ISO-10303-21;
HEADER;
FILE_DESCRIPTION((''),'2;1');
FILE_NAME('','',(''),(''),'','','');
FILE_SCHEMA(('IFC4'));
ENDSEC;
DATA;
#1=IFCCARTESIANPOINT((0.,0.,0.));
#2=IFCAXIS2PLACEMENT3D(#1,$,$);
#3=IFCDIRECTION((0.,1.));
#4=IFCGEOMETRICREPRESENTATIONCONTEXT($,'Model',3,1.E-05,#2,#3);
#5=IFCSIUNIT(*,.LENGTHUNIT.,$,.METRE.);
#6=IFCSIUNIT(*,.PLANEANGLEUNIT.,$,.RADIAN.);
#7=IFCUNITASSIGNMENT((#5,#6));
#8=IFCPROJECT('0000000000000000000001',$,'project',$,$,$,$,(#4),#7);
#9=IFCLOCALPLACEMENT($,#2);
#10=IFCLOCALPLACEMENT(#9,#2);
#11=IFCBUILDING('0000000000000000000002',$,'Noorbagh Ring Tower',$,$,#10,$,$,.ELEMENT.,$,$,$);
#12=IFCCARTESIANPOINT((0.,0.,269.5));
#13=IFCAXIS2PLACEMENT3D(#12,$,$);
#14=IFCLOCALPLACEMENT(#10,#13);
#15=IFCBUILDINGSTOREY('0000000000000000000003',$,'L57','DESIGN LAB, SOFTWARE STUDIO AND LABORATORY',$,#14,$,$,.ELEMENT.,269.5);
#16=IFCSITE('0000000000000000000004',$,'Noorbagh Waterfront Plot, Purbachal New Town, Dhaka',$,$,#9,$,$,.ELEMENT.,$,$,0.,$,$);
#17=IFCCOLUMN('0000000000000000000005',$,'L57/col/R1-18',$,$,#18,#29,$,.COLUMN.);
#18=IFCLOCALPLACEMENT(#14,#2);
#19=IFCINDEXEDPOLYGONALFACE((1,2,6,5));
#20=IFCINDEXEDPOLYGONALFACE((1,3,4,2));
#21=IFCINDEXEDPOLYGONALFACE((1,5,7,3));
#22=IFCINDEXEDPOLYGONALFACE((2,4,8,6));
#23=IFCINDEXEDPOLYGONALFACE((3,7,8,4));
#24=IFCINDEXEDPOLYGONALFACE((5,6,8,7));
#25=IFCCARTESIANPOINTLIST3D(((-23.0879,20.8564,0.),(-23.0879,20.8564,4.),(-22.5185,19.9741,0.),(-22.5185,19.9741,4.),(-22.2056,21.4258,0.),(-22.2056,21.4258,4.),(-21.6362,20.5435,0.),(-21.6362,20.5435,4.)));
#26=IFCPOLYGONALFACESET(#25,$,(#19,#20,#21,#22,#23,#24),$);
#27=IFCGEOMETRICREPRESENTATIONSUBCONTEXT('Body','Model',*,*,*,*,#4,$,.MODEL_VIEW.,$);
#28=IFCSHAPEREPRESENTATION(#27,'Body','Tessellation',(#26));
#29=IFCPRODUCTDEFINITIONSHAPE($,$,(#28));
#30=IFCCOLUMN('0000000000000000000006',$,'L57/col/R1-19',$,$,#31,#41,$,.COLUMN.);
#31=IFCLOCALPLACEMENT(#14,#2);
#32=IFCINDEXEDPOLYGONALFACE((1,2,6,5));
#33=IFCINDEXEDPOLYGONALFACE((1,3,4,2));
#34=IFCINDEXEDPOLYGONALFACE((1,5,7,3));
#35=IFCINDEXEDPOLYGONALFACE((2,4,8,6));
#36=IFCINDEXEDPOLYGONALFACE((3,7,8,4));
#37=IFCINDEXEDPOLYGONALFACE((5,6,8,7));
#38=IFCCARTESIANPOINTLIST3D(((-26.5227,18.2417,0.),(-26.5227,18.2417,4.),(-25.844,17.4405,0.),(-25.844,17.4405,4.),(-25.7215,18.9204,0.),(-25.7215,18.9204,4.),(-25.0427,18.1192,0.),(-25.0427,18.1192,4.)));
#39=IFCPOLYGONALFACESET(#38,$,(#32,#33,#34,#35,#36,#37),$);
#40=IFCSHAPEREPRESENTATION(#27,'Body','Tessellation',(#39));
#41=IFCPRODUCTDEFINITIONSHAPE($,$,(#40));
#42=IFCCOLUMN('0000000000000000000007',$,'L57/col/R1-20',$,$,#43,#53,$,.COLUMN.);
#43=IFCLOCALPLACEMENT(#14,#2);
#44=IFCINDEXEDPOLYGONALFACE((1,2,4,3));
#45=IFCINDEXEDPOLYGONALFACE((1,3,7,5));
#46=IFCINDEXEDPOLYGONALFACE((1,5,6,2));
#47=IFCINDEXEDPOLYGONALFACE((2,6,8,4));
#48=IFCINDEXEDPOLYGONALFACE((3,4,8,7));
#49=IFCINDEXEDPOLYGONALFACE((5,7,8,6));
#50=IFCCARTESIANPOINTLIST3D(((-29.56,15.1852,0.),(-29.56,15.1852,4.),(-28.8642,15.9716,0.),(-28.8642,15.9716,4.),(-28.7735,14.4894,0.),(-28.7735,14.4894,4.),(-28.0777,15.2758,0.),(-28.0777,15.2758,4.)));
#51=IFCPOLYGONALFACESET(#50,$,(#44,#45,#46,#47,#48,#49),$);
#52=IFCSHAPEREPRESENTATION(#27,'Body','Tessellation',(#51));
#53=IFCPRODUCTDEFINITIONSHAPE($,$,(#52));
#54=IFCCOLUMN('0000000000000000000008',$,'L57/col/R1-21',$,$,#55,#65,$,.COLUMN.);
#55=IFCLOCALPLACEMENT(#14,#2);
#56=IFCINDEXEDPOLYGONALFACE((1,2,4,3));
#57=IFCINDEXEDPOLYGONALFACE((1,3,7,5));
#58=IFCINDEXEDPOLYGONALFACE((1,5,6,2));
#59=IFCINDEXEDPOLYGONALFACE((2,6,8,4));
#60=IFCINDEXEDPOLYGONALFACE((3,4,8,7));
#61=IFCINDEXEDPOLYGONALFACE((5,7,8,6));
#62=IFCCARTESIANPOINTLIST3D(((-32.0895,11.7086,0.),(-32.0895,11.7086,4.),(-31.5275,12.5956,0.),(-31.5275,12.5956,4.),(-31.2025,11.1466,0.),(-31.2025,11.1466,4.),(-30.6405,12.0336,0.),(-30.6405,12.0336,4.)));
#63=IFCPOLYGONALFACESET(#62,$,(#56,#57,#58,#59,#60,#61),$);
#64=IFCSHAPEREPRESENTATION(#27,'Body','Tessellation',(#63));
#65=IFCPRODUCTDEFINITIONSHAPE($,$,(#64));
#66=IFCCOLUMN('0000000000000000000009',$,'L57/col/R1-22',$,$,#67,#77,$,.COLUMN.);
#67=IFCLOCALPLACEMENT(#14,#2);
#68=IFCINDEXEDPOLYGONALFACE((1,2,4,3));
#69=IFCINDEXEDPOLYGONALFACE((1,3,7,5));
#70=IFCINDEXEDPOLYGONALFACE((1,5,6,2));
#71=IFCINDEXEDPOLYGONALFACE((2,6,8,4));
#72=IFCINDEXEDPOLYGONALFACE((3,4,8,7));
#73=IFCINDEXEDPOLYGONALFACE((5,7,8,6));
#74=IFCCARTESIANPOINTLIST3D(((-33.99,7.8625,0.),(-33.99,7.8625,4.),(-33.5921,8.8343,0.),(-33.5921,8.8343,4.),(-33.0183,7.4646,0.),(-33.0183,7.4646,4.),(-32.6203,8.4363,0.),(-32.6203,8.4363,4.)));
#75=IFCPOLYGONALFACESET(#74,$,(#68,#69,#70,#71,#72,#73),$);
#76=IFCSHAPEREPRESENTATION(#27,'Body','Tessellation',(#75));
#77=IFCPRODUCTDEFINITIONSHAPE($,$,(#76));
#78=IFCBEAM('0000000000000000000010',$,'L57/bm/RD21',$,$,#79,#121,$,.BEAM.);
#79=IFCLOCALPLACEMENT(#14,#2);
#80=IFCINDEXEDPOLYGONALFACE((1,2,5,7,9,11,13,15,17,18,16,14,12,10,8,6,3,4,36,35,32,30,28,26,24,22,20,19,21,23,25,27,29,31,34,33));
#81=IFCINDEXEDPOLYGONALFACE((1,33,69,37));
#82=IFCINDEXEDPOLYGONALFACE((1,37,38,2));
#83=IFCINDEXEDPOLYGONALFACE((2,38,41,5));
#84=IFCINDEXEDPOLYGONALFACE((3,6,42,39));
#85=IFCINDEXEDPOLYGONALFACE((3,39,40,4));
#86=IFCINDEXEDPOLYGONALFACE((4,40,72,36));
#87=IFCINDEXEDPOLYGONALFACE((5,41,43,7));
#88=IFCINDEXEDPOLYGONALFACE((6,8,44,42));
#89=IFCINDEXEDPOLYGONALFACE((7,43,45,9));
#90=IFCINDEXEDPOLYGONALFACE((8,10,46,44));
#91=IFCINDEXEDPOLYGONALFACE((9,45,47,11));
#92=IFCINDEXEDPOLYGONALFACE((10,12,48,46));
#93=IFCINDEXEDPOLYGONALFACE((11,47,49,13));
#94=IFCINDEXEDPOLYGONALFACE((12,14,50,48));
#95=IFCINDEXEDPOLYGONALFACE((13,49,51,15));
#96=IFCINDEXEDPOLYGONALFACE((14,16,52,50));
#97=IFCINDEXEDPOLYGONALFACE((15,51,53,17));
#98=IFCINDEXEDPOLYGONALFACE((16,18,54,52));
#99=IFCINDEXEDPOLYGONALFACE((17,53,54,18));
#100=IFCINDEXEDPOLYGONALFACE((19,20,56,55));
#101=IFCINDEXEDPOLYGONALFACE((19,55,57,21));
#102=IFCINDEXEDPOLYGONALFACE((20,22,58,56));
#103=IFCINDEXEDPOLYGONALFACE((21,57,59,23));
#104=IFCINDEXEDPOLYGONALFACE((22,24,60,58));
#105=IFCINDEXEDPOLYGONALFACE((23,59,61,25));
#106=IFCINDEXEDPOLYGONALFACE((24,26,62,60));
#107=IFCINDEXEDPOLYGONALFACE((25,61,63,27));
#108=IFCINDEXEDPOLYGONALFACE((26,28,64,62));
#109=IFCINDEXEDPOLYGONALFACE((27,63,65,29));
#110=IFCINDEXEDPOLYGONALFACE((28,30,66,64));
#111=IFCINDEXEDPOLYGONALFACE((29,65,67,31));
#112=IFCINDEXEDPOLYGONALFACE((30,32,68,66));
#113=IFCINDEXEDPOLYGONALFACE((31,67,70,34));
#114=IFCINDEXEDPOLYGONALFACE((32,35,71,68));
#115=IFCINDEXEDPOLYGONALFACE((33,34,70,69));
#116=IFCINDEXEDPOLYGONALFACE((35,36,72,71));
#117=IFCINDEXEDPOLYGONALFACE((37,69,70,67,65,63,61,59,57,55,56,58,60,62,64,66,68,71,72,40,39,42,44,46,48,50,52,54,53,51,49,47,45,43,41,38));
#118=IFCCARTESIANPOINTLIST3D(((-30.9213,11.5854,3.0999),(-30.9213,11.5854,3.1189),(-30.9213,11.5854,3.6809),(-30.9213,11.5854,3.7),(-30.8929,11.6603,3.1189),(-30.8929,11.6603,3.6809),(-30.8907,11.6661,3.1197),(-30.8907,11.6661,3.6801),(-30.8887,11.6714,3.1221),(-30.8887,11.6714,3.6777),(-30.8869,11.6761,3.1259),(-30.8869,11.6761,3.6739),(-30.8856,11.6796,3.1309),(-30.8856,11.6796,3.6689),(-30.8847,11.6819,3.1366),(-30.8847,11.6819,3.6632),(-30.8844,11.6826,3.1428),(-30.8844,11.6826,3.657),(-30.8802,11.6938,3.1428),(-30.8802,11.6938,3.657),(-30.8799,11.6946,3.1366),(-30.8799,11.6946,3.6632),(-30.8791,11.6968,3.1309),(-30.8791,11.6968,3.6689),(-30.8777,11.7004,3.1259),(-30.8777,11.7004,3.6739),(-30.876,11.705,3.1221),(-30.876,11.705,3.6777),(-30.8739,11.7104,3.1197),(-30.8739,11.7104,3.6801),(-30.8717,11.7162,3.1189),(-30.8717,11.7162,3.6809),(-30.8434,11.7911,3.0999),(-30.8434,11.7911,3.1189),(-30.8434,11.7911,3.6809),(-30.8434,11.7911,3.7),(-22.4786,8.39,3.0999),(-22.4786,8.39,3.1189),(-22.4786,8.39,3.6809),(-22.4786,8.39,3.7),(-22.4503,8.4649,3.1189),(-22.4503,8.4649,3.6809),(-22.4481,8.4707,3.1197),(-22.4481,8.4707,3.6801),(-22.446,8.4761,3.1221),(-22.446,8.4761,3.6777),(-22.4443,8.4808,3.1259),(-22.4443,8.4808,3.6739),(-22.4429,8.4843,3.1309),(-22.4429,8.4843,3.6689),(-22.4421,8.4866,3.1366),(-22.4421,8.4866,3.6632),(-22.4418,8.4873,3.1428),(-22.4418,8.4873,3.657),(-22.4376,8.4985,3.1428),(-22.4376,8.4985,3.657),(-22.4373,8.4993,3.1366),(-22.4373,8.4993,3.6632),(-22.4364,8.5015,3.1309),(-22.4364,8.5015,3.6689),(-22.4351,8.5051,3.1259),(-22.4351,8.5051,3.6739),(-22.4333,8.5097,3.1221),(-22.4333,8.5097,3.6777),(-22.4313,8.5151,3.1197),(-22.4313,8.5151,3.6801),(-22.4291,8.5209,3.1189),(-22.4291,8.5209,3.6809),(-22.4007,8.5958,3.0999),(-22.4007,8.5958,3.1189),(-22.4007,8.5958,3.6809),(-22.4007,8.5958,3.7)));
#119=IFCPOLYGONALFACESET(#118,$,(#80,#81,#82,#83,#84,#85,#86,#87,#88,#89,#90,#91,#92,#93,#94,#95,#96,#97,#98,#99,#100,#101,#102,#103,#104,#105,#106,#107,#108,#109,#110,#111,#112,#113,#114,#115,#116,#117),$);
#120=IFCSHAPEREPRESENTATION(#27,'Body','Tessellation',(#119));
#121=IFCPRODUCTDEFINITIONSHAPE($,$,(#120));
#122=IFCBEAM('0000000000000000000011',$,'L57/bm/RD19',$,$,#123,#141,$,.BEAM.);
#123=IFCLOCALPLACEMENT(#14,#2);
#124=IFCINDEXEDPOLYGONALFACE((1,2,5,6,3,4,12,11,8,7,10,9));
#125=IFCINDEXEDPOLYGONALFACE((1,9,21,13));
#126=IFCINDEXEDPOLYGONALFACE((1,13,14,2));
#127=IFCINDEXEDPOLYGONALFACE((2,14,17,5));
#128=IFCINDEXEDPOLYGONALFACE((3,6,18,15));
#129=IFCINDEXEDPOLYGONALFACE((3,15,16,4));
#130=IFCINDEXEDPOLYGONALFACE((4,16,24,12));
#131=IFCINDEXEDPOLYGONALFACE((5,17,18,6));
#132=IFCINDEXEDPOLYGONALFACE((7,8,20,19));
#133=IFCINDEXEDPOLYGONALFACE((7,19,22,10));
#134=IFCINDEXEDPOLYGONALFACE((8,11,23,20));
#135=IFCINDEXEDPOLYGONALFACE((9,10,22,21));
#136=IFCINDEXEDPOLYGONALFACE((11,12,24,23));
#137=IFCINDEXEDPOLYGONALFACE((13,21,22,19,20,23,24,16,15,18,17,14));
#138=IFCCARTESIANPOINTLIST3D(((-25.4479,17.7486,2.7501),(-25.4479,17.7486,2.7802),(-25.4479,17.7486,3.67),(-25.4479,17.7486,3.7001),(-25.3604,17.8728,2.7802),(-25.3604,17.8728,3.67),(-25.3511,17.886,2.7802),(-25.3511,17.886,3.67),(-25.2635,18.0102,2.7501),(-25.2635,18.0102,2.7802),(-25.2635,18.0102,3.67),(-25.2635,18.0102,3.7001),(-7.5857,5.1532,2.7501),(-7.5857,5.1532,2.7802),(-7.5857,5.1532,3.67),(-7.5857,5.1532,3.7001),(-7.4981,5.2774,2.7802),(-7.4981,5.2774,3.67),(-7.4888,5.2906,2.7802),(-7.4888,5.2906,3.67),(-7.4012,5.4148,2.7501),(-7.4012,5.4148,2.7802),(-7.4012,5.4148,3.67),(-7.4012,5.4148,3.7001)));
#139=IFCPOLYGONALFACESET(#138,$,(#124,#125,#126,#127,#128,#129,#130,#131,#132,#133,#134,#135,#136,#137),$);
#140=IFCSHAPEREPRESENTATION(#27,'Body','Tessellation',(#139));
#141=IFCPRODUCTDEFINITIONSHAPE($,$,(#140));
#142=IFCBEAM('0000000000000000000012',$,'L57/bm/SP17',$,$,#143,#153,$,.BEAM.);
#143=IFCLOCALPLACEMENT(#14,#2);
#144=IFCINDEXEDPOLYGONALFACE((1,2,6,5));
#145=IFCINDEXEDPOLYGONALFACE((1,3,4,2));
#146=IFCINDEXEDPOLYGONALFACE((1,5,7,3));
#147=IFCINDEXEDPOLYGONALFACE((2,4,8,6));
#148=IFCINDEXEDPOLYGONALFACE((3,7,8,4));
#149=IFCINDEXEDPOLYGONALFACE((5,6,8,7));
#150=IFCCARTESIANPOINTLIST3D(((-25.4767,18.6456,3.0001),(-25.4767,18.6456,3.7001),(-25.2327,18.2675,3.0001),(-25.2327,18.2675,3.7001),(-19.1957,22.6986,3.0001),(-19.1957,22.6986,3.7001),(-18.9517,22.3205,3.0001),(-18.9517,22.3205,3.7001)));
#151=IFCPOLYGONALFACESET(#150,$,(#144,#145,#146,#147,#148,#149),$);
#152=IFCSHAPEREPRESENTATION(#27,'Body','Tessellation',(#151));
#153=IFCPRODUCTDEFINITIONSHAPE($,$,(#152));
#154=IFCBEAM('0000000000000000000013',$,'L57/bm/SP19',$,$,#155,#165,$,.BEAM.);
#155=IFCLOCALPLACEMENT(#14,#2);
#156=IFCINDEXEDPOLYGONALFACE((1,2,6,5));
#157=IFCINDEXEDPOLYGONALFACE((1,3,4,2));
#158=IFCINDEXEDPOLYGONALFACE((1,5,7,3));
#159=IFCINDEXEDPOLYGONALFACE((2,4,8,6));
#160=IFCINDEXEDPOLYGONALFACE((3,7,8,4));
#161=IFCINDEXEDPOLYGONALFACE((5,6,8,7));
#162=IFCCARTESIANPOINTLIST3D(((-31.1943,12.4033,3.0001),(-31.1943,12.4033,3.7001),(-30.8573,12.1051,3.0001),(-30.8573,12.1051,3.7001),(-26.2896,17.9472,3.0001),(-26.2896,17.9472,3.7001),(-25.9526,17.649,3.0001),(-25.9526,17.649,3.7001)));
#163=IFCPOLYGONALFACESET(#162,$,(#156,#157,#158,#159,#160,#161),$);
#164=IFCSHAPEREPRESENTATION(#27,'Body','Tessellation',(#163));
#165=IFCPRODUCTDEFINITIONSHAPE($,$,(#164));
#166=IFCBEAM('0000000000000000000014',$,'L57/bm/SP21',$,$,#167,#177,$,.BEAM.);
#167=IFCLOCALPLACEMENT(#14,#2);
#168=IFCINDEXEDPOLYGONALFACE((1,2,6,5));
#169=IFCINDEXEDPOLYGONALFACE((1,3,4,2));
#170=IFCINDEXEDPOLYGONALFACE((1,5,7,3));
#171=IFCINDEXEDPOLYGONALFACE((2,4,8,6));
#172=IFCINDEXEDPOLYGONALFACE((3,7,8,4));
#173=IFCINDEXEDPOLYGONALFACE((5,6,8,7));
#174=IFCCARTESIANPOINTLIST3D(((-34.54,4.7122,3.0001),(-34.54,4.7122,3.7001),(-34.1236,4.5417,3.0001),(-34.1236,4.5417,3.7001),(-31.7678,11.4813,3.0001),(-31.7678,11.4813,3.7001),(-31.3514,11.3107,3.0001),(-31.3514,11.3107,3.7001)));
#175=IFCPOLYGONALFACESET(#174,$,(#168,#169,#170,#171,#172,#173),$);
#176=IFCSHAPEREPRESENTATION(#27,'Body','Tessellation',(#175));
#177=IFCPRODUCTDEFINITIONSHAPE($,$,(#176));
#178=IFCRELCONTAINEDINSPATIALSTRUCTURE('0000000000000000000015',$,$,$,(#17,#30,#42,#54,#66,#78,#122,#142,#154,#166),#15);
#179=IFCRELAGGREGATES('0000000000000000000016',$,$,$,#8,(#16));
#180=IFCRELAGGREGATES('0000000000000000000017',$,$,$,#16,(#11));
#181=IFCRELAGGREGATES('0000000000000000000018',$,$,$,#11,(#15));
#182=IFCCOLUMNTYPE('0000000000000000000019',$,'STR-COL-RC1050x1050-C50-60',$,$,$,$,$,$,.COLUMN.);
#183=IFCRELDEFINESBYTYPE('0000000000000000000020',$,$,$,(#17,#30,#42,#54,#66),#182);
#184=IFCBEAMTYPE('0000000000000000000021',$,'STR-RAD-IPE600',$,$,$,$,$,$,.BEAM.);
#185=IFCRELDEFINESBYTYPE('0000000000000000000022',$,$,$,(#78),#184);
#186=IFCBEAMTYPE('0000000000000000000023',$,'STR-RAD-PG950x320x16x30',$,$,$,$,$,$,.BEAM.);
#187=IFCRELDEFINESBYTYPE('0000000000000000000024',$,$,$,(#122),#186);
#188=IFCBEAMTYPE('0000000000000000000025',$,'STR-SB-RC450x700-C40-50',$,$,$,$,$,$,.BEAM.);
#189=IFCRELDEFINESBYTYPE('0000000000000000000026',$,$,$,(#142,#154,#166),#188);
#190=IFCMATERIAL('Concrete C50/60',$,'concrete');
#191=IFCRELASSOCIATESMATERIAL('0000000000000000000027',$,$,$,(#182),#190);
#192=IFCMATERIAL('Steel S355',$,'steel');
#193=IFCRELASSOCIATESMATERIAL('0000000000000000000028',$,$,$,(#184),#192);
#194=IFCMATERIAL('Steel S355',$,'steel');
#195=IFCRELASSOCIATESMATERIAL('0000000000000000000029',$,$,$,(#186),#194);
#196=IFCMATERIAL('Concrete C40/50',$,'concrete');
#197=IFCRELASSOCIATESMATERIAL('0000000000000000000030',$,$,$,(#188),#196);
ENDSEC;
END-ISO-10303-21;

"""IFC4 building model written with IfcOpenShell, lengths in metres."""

from ifc_helpers import new_model, si_unit, direction, frame, origin, origin_2d, place, context, subcontext, project, spatial, rectangle, i_section, extrude, material, material_profile, profile_set, type_object, element, save


model = new_model("IFC4")

# Units and contexts
model_context = context("Model", 3, precision=1e-05, world=origin(), true_north=direction((0.0, 1.0)))
body_context = subcontext(model_context, "Body", "Model", "MODEL_VIEW")
ifc_project = project(units=[si_unit("LENGTHUNIT", "METRE"), si_unit("PLANEANGLEUNIT", "RADIAN")], contexts=[model_context])

# Site, building, storey
site_placement = place(None, origin())
site = spatial("IfcSite", under=ifc_project, at=site_placement, Name="Noorbagh Waterfront Plot, Purbachal New Town, Dhaka", CompositionType="ELEMENT", RefElevation=0.0)
building_placement = place(site_placement, origin())
building = spatial("IfcBuilding", under=site, at=building_placement, Name="Noorbagh Ring Tower", CompositionType="ELEMENT")
storey_placement = place(building_placement, frame((0.0, 0.0, 269.5)))
storey = spatial("IfcBuildingStorey", under=building, at=storey_placement, Name="L57", Description="DESIGN LAB, SOFTWARE STUDIO AND LABORATORY", CompositionType="ELEMENT", Elevation=269.5)

# Columns
ifc_material_1 = material(Name="Concrete C50/60", Category="concrete")
ifc_material_profile_1 = material_profile(ifc_material_1, rectangle(XDim=1.05, YDim=1.05, at=origin_2d()), Name="RC1050x1050")
ifc_profile_set_1 = profile_set([ifc_material_profile_1], Name="Concrete C50/60")
column_type = type_object("IfcColumnType", Name="STR-COL-RC1050x1050-C50-60", PredefinedType="COLUMN", material=ifc_profile_set_1)
for number, where, z_axis, x_axis, name in (
    (1, (-22.3621, 20.7, 0.0), (0.0, 0.0, 1.0), (-0.840248, -0.542203, 0.0), "L57/col/R1-18"),
    (2, (-25.7827, 18.1804, 0.0), (0.0, 0.0, 1.0), (-0.763035, -0.646357, 0.0), "L57/col/R1-19"),
    (3, (-28.8188, 15.2305, 0.0), (0.0, 0.0, 1.0), (-0.662636, -0.748942, 0.0), "L57/col/R1-20"),
    (4, (-31.365, 11.8711, 0.0), (0.0, 0.0, 1.0), (-0.53519, -0.844731, 0.0), "L57/col/R1-21"),
    (5, (-33.3052, 8.1494, 0.0), (0.0, 0.0, 1.0), (-0.378989, -0.925401, 0.0), "L57/col/R1-22"),
):
    element("IfcColumn", number, at=place(storey_placement, frame(where, z_axis=z_axis, x_axis=x_axis)), inside=storey, type_object=column_type, Name=name, PredefinedType="COLUMN", context=body_context, shape_type="SweptSolid", body=[
        extrude(rectangle(XDim=1.05, YDim=1.05, at=origin_2d()), origin(), (0.0, 0.0, 1.0), 4.0),
    ])

# Beams
ifc_material_2 = material(Name="Steel S355", Category="steel")
ifc_material_profile_2 = material_profile(ifc_material_2, i_section(OverallWidth=0.22, OverallDepth=0.6001, WebThickness=0.012, FlangeThickness=0.019, FilletRadius=0.0239, at=origin_2d()), Name="IPE600")
ifc_profile_set_2 = profile_set([ifc_material_profile_2], Name="Steel S355")
beam_type_1 = type_object("IfcBeamType", Name="STR-RAD-IPE600", PredefinedType="BEAM", material=ifc_profile_set_2)
beam_1_placement = place(storey_placement, frame((-30.8823, 11.6882, 3.3999), z_axis=(0.935257, -0.35397, 0.0), x_axis=(0.35397, 0.935257, 0.0)))
element("IfcBeam", 6, at=beam_1_placement, inside=storey, type_object=beam_type_1, Name="L57/bm/RD21", PredefinedType="BEAM", context=body_context, shape_type="SweptSolid", body=[
    extrude(i_section(OverallWidth=0.22, OverallDepth=0.6001, WebThickness=0.012, FlangeThickness=0.019, FilletRadius=0.0239, at=origin_2d()), origin(), (0.0, 0.0, 1.0), 9.0271),
])
ifc_material_3 = material(Name="Steel S355", Category="steel")
ifc_material_profile_3 = material_profile(ifc_material_3, i_section(OverallWidth=0.3201, OverallDepth=0.95, WebThickness=0.0161, FlangeThickness=0.03, at=origin_2d()), Name="PG950x320x16x30")
ifc_profile_set_3 = profile_set([ifc_material_profile_3], Name="Steel S355")
beam_type_2 = type_object("IfcBeamType", Name="STR-RAD-PG950x320x16x30", PredefinedType="BEAM", material=ifc_profile_set_3)
beam_2_placement = place(storey_placement, frame((-25.3557, 17.8794, 3.2251), z_axis=(0.817253, -0.576279, 0.0), x_axis=(0.576279, 0.817253, 0.0)))
element("IfcBeam", 7, at=beam_2_placement, inside=storey, type_object=beam_type_2, Name="L57/bm/RD19", PredefinedType="BEAM", context=body_context, shape_type="SweptSolid", body=[
    extrude(i_section(OverallWidth=0.3201, OverallDepth=0.95, WebThickness=0.0161, FlangeThickness=0.03, at=origin_2d()), origin(), (0.0, 0.0, 1.0), 21.8564),
])
ifc_material_4 = material(Name="Concrete C40/50", Category="concrete")
ifc_material_profile_4 = material_profile(ifc_material_4, rectangle(XDim=0.45, YDim=0.7, at=origin_2d()), Name="RC450x700")
ifc_profile_set_4 = profile_set([ifc_material_profile_4], Name="Concrete C40/50")
beam_type_3 = type_object("IfcBeamType", Name="STR-SB-RC450x700-C40-50", PredefinedType="BEAM", material=ifc_profile_set_4)
beam_3_placement = place(storey_placement, frame((-19.0737, 22.5095, 3.3501), z_axis=(-0.840253, -0.542195, 0.0), x_axis=(0.542195, -0.840253, 0.0)))
element("IfcBeam", 8, at=beam_3_placement, inside=storey, type_object=beam_type_3, Name="L57/bm/SP17", PredefinedType="BEAM", context=body_context, shape_type="SweptSolid", body=[
    extrude(rectangle(XDim=0.45, YDim=0.7, at=origin_2d()), origin(), (0.0, 0.0, 1.0), 7.4751),
])
beam_4_placement = place(storey_placement, frame((-26.1211, 17.7981, 3.3501), z_axis=(-0.662614, -0.748961, 0.0), x_axis=(0.748961, -0.662614, 0.0)))
element("IfcBeam", 9, at=beam_4_placement, inside=storey, type_object=beam_type_3, Name="L57/bm/SP19", PredefinedType="BEAM", context=body_context, shape_type="SweptSolid", body=[
    extrude(rectangle(XDim=0.45, YDim=0.7, at=origin_2d()), origin(), (0.0, 0.0, 1.0), 7.4021),
])
beam_5_placement = place(storey_placement, frame((-31.5596, 11.396, 3.3501), z_axis=(-0.378992, -0.9254, 0.0), x_axis=(0.9254, -0.378992, 0.0)))
element("IfcBeam", 10, at=beam_5_placement, inside=storey, type_object=beam_type_3, Name="L57/bm/SP21", PredefinedType="BEAM", context=body_context, shape_type="SweptSolid", body=[
    extrude(rectangle(XDim=0.45, YDim=0.7, at=origin_2d()), origin(), (0.0, 0.0, 1.0), 7.3147),
])

save(model, "model.ifc")
